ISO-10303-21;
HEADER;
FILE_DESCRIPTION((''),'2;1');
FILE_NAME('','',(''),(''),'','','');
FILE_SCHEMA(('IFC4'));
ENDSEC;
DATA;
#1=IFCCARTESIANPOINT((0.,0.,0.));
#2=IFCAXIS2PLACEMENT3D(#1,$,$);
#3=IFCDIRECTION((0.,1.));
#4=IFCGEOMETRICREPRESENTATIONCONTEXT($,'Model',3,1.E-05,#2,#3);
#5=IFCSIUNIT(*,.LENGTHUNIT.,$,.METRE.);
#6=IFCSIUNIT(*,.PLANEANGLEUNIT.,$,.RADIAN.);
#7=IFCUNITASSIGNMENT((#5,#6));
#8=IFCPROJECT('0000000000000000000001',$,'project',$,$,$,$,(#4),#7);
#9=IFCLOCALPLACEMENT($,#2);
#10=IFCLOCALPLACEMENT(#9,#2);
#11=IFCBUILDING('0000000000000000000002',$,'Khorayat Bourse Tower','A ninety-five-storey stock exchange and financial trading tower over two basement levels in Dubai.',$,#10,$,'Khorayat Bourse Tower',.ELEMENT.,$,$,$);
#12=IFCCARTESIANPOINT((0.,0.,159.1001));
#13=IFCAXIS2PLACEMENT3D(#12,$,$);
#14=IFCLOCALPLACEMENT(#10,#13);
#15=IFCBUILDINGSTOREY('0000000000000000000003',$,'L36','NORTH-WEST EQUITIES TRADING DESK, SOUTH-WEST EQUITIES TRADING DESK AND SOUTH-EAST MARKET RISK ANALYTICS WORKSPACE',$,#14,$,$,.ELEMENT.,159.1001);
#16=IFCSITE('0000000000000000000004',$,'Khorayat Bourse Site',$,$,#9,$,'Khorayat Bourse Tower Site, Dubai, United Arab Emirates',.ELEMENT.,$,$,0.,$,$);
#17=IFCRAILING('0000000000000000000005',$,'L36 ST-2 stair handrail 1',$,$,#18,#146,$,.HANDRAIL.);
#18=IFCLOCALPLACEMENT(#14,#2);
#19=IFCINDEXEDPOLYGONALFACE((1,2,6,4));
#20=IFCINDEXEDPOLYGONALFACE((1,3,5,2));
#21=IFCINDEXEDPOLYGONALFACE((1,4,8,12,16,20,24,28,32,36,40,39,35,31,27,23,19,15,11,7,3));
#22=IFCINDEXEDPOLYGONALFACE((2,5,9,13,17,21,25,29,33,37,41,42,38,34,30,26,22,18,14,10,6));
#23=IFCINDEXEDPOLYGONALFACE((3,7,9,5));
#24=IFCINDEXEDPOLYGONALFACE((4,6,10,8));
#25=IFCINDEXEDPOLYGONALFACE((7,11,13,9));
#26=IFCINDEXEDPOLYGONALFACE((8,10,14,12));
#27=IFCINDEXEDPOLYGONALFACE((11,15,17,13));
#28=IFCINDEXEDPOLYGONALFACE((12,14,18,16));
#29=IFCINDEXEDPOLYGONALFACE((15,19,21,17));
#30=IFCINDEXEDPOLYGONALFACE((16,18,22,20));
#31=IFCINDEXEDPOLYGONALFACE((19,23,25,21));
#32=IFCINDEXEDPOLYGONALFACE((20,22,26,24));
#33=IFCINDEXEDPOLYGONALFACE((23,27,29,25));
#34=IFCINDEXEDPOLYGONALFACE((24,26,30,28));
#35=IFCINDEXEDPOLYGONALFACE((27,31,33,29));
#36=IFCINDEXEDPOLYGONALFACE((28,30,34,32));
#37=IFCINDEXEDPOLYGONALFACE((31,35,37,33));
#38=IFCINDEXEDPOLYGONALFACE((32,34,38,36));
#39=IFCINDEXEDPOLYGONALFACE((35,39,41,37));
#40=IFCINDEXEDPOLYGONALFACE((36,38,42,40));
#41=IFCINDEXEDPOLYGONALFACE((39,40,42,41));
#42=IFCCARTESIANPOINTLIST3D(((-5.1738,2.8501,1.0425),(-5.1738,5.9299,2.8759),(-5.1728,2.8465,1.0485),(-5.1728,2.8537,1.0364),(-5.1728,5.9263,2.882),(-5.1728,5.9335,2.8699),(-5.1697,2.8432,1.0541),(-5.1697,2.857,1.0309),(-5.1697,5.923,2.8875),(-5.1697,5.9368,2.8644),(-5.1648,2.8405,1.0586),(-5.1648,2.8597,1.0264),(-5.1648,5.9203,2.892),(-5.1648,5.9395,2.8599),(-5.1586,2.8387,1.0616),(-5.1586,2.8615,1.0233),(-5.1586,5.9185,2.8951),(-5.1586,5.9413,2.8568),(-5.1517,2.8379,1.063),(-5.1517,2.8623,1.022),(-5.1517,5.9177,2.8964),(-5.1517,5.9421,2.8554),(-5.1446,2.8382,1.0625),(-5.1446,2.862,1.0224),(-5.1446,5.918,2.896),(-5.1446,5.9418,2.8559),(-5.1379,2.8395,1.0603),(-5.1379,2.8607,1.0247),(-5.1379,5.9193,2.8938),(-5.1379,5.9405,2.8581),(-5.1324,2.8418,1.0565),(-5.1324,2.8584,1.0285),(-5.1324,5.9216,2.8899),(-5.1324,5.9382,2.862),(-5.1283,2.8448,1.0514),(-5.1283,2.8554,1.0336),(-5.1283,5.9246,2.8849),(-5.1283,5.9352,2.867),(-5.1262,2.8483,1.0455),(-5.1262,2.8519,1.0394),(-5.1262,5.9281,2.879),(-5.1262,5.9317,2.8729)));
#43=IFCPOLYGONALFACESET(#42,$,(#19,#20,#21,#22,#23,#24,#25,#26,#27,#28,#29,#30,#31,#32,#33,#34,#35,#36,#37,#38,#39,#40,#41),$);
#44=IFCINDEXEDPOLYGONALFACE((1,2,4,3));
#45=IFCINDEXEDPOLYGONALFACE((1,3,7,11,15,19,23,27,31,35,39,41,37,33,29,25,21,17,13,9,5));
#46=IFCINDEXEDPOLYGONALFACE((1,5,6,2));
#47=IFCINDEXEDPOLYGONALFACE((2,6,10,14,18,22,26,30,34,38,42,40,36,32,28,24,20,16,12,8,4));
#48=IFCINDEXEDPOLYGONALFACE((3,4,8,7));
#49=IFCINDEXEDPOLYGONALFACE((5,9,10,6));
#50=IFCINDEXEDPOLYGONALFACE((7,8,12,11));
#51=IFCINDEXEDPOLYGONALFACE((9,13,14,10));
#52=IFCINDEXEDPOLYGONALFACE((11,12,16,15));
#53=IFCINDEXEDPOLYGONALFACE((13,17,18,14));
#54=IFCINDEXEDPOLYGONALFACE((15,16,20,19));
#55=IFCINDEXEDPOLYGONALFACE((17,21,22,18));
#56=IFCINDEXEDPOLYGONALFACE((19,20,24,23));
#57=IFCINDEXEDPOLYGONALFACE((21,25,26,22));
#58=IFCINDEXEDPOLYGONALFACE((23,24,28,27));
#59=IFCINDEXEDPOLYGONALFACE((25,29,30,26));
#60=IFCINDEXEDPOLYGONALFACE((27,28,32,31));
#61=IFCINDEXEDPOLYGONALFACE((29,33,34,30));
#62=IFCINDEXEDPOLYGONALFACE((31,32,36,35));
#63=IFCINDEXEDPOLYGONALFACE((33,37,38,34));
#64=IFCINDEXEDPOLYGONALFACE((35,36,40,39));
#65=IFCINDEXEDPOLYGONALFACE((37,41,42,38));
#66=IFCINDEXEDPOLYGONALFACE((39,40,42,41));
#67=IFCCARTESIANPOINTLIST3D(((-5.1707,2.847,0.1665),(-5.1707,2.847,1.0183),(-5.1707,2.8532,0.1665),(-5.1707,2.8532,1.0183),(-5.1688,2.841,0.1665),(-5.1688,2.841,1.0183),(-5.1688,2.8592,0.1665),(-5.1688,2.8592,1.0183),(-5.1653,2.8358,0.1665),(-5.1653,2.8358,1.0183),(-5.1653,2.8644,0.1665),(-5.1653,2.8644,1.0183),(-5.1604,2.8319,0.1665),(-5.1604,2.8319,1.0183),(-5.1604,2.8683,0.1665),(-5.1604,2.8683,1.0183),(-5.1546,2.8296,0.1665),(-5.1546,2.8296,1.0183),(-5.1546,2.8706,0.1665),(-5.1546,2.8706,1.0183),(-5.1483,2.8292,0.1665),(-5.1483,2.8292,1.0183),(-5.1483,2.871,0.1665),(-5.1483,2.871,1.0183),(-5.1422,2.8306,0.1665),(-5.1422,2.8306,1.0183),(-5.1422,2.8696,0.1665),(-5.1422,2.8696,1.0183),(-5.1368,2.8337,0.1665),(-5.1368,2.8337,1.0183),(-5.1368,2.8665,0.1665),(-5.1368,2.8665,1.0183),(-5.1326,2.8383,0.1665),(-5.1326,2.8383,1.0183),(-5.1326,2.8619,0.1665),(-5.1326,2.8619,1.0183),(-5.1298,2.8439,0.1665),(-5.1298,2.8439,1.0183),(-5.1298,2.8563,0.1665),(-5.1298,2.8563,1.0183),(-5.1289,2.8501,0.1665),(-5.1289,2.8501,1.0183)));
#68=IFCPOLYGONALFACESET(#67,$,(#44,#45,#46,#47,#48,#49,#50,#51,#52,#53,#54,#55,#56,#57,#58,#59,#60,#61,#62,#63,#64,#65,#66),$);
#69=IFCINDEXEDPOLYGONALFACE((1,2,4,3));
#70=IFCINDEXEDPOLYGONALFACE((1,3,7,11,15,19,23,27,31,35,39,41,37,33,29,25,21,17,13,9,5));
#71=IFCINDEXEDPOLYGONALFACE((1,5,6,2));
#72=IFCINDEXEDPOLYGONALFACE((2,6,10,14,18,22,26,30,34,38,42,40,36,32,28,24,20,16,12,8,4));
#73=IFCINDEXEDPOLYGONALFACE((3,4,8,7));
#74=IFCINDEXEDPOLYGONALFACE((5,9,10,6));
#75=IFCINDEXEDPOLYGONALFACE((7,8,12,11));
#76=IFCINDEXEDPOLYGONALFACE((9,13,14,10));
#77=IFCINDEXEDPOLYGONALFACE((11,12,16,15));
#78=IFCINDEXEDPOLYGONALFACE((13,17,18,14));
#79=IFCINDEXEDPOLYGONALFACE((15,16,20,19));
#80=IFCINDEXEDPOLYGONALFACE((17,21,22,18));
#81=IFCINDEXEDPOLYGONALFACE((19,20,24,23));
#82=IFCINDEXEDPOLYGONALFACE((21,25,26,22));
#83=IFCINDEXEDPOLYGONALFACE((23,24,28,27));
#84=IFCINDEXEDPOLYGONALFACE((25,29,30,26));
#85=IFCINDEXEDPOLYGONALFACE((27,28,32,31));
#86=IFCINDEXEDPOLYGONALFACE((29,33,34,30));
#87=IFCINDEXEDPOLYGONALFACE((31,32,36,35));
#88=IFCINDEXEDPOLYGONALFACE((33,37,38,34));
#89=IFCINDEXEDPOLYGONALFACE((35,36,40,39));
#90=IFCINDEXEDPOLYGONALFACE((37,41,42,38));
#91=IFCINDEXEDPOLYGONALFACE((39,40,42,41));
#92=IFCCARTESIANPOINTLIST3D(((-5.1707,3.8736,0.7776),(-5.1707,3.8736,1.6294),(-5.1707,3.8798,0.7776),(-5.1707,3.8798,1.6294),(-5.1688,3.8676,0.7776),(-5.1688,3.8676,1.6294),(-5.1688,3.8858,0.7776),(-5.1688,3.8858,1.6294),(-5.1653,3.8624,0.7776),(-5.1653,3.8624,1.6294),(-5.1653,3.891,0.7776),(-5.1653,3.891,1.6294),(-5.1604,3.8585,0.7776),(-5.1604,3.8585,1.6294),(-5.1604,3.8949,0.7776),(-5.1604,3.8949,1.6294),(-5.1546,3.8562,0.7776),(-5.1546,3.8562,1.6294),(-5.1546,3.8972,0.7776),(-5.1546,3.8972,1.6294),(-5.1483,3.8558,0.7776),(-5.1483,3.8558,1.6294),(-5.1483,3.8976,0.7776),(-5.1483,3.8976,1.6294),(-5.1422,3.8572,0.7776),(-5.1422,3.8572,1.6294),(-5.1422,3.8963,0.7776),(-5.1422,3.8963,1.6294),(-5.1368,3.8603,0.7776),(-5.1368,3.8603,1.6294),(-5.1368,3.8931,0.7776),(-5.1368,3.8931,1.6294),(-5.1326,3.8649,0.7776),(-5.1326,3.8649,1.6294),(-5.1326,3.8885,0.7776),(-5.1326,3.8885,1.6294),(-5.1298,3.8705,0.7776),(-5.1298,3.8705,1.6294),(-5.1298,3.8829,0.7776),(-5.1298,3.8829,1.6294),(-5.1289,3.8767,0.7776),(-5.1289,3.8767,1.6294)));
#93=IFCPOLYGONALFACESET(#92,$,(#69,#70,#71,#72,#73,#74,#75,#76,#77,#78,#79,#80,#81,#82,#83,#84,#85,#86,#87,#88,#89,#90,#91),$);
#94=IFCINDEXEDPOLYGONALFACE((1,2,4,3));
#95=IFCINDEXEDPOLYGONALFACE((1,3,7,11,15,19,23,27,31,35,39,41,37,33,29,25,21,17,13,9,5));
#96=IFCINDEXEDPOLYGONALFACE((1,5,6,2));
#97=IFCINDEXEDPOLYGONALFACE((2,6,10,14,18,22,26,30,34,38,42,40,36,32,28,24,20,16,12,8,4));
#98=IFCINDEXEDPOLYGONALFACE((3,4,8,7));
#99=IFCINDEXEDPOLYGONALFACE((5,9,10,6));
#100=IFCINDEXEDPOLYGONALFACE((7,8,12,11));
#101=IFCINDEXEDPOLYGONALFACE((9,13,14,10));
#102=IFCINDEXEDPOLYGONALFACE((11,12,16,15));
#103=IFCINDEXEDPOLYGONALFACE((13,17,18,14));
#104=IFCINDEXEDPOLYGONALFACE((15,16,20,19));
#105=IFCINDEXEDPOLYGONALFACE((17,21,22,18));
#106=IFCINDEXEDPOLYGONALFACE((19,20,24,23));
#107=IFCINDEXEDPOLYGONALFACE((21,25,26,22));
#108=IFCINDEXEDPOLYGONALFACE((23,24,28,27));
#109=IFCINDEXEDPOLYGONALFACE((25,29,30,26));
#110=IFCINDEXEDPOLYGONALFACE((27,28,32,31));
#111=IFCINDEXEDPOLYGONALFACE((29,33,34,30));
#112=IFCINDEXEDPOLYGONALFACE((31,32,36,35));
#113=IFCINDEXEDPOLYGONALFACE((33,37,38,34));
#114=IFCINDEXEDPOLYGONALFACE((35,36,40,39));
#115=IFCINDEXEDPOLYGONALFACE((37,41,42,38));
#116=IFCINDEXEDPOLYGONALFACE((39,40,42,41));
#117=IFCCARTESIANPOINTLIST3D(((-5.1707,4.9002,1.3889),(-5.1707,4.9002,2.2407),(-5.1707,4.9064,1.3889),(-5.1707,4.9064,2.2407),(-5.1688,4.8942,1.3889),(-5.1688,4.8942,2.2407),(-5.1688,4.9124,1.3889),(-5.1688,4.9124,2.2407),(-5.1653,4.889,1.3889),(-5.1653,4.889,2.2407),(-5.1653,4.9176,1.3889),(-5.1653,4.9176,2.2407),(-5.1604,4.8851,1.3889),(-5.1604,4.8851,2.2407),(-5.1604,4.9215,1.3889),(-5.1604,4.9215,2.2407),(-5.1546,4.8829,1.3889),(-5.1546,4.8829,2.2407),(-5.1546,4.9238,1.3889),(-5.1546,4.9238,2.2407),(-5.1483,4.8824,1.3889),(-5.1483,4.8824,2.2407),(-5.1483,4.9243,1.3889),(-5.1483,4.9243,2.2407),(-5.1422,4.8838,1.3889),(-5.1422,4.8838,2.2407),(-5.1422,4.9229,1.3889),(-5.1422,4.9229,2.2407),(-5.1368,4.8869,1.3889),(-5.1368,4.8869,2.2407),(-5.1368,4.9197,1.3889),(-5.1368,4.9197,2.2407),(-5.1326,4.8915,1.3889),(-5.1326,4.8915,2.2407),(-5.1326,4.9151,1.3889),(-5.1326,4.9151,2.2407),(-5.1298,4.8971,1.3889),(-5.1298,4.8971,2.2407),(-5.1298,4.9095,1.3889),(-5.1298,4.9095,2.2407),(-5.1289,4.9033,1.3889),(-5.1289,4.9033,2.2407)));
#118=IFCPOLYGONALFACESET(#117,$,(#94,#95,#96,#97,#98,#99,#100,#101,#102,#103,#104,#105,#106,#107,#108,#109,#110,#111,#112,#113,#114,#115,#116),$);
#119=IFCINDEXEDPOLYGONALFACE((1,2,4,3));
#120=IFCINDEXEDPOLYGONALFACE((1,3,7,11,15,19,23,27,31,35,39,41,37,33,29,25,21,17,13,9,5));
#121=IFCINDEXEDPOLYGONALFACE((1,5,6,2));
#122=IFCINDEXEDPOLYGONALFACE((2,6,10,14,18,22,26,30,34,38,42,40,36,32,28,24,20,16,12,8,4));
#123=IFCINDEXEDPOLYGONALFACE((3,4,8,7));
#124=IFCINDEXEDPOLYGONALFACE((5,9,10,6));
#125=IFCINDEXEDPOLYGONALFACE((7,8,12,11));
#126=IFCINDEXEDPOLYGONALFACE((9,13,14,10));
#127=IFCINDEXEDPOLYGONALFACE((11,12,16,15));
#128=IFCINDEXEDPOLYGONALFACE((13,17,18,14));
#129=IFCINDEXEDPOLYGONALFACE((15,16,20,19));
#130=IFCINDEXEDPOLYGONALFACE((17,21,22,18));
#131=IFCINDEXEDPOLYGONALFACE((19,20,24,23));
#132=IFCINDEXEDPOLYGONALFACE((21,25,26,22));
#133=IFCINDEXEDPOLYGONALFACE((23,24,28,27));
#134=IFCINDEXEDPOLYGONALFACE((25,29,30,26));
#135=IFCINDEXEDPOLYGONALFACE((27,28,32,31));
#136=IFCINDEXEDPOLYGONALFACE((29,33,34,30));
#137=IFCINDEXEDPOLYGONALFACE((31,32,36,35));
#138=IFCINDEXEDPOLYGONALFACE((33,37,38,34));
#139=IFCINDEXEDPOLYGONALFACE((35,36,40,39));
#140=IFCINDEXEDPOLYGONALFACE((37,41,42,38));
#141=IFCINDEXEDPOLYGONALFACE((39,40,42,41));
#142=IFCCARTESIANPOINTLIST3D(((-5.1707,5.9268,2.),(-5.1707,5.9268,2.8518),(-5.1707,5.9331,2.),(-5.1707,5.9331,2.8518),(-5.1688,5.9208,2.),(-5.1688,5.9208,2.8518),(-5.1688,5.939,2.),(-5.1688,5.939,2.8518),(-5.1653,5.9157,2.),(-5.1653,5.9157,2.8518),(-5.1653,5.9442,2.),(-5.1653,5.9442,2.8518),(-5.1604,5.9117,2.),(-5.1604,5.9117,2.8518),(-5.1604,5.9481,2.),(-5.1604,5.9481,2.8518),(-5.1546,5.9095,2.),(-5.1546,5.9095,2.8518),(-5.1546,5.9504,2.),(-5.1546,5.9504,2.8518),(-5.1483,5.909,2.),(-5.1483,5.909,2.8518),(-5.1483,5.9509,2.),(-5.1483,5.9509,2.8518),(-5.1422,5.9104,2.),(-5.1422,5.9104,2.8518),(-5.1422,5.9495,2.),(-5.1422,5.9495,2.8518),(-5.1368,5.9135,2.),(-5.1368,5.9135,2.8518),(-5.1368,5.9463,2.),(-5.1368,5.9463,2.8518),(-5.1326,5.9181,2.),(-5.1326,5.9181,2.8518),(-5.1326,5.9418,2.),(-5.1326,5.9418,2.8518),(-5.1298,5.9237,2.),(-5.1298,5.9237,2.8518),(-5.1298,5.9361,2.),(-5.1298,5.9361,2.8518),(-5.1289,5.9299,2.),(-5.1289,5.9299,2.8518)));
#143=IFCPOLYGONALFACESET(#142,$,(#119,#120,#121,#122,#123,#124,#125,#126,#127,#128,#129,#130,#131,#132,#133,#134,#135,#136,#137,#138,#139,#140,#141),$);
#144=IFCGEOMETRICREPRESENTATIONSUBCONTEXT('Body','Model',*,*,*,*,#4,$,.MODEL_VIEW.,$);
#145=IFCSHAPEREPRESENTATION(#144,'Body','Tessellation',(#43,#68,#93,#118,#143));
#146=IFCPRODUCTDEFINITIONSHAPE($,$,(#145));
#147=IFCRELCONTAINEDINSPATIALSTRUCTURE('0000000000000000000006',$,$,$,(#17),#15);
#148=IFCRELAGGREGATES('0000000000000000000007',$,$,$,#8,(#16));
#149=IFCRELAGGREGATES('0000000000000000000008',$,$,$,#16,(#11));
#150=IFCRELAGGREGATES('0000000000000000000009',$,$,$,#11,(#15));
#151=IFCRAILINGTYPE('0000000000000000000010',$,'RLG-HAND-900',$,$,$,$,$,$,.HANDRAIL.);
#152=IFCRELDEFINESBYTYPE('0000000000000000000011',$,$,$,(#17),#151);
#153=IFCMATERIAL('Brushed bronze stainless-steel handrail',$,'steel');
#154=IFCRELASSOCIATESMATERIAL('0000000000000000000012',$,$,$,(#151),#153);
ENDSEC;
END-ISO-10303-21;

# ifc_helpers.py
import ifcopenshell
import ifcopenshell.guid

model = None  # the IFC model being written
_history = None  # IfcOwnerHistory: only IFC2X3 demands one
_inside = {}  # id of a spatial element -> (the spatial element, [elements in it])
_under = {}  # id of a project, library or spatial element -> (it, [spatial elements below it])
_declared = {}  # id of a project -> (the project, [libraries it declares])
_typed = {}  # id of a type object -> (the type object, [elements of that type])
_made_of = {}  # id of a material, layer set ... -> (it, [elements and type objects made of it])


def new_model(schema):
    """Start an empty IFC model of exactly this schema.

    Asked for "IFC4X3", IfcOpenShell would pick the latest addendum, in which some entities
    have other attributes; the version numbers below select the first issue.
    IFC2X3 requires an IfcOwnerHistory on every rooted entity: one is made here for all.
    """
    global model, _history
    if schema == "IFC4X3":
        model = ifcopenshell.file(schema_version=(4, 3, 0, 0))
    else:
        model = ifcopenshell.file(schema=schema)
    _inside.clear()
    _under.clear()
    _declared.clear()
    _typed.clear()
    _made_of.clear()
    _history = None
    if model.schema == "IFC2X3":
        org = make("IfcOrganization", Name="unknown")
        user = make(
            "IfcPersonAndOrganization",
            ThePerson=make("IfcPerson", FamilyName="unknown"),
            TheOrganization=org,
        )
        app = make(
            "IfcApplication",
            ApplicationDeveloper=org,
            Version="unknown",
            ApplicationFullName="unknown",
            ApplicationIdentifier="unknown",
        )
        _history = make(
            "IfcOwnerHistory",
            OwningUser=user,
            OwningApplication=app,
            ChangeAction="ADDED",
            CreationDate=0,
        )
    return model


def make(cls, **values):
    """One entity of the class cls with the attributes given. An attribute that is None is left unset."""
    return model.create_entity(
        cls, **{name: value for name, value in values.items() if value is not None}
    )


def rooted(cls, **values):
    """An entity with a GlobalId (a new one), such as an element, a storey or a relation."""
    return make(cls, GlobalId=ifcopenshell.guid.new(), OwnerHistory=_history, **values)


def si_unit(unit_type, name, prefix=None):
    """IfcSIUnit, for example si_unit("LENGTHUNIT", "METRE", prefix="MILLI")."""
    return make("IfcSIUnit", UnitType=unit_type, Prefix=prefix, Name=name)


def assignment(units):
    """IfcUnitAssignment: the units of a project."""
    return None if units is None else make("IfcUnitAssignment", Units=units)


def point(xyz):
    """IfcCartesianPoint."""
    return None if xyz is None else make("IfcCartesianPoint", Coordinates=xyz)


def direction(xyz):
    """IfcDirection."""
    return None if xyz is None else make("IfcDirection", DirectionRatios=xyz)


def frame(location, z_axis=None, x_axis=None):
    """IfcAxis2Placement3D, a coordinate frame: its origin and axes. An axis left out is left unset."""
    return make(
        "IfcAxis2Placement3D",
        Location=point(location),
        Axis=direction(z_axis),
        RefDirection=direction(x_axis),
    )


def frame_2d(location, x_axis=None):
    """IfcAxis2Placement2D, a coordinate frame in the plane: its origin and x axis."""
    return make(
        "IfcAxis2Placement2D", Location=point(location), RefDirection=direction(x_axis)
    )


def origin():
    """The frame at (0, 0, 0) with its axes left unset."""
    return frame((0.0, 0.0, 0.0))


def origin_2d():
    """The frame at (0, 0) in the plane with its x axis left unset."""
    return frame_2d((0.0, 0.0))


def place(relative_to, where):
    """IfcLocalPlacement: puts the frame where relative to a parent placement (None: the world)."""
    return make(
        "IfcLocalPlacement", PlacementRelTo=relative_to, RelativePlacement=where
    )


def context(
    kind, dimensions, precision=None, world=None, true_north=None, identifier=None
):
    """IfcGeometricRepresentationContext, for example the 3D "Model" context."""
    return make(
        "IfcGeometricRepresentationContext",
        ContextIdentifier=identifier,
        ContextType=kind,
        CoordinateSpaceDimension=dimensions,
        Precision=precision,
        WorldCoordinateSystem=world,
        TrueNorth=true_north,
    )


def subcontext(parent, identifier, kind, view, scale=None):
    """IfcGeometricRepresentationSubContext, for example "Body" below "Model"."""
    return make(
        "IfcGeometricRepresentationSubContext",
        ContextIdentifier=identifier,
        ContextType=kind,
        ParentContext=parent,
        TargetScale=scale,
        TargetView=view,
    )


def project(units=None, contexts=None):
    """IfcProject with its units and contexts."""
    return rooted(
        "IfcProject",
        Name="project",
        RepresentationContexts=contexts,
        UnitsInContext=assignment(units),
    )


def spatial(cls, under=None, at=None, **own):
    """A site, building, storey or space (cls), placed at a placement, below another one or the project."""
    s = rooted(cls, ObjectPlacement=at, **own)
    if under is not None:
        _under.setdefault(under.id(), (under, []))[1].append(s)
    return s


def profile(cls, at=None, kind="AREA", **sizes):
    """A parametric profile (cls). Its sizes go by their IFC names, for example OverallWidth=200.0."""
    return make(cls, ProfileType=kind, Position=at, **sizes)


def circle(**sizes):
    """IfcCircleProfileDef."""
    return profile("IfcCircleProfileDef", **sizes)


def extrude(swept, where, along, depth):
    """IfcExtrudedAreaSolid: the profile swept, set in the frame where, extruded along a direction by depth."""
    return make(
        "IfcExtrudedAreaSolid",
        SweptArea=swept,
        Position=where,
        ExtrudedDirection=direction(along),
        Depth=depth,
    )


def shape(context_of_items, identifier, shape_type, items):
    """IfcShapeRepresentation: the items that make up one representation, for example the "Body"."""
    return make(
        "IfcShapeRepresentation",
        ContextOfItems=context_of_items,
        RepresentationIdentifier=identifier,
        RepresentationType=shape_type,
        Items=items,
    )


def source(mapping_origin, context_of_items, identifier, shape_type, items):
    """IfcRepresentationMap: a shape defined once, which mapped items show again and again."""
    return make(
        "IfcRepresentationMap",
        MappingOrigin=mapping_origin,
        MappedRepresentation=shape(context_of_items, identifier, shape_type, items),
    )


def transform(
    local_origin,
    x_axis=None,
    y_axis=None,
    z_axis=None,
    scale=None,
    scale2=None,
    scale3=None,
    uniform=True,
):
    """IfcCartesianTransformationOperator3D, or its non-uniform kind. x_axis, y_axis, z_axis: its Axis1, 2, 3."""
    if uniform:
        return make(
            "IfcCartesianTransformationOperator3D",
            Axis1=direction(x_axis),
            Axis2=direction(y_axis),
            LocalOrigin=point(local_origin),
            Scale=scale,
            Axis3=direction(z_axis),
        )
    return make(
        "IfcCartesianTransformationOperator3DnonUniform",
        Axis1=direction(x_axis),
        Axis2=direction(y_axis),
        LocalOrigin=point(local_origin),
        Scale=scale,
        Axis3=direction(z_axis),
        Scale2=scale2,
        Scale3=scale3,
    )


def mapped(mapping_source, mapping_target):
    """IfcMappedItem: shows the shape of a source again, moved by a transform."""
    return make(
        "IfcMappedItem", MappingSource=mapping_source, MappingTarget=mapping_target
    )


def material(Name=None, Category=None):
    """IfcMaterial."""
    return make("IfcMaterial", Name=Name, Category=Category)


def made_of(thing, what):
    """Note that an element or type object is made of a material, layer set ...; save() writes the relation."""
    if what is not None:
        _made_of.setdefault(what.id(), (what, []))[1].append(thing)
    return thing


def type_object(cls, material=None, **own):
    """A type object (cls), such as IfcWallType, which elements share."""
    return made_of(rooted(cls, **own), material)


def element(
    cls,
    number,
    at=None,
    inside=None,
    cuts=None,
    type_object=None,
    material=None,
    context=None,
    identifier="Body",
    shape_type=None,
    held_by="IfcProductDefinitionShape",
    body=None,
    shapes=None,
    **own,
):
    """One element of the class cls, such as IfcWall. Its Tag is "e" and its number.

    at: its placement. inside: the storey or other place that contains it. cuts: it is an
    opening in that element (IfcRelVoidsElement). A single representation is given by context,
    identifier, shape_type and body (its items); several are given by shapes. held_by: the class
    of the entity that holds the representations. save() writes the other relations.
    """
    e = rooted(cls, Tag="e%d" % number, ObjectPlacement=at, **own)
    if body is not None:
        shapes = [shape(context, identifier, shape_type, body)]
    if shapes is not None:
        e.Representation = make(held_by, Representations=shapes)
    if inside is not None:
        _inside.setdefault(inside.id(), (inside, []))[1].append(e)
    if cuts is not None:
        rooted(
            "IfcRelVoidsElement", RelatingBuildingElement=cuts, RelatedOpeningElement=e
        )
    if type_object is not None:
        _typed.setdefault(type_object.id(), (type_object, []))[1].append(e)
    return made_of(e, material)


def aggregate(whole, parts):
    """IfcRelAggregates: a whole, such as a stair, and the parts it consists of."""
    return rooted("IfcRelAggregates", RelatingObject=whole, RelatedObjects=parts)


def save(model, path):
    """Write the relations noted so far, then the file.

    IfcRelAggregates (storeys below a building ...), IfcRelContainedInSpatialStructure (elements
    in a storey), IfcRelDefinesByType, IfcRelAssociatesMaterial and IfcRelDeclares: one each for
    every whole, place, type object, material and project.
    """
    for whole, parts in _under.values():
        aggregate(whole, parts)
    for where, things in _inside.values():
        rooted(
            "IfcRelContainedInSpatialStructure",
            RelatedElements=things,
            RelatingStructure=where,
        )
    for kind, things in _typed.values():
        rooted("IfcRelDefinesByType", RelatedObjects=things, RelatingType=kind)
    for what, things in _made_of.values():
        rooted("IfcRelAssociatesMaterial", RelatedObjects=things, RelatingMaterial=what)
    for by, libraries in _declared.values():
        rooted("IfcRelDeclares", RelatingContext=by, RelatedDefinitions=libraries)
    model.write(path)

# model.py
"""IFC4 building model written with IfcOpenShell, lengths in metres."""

from ifc_helpers import new_model, si_unit, direction, frame, origin, origin_2d, place, context, subcontext, project, spatial, circle, extrude, source, transform, mapped, material, type_object, element, save


model = new_model("IFC4")

# Units and contexts
model_context = context("Model", 3, precision=1e-05, world=origin(), true_north=direction((0.0, 1.0)))
body_context = subcontext(model_context, "Body", "Model", "MODEL_VIEW")
ifc_project = project(units=[si_unit("LENGTHUNIT", "METRE"), si_unit("PLANEANGLEUNIT", "RADIAN")], contexts=[model_context])

# Site, building, storey
site_placement = place(None, origin())
site = spatial("IfcSite", under=ifc_project, at=site_placement, Name="Khorayat Bourse Site", LongName="Khorayat Bourse Tower Site, Dubai, United Arab Emirates", CompositionType="ELEMENT", RefElevation=0.0)
building_placement = place(site_placement, origin())
building = spatial("IfcBuilding", under=site, at=building_placement, Name="Khorayat Bourse Tower", Description="A ninety-five-storey stock exchange and financial trading tower over two basement levels in Dubai.", LongName="Khorayat Bourse Tower", CompositionType="ELEMENT")
storey_placement = place(building_placement, frame((0.0, 0.0, 159.1001)))
storey = spatial("IfcBuildingStorey", under=building, at=storey_placement, Name="L36", Description="NORTH-WEST EQUITIES TRADING DESK, SOUTH-WEST EQUITIES TRADING DESK AND SOUTH-EAST MARKET RISK ANALYTICS WORKSPACE", CompositionType="ELEMENT", Elevation=159.1001)

# Railing
ifc_material_1 = material(Name="Brushed bronze stainless-steel handrail", Category="steel")
railing_type_1 = type_object("IfcRailingType", Name="RLG-HAND-900", PredefinedType="HANDRAIL", material=ifc_material_1)
shared_shape_1 = source(origin(), body_context, "Body", "SweptSolid", [
    extrude(circle(Radius=0.0239, at=origin_2d()), frame((0.0, 0.0, 0.876), z_axis=(0.0, 0.859261, 0.511538), x_axis=(-1.0, 0.0, 0.0)), (0.0, 0.0, 1.0), 3.5842),
    extrude(circle(Radius=0.021, at=origin_2d()), origin(), (0.0, 0.0, 1.0), 0.8518),
    extrude(circle(Radius=0.021, at=origin_2d()), frame((0.0, 1.0266, 0.6111)), (0.0, 0.0, 1.0), 0.8518),
    extrude(circle(Radius=0.021, at=origin_2d()), frame((0.0, 2.0532, 1.2224)), (0.0, 0.0, 1.0), 0.8518),
    extrude(circle(Radius=0.021, at=origin_2d()), frame((0.0, 3.0798, 1.8335)), (0.0, 0.0, 1.0), 0.8518),
])
railing_1_placement = place(storey_placement, frame((-5.1499, 2.8501, 0.1665)))
element("IfcRailing", 1, at=railing_1_placement, inside=storey, type_object=railing_type_1, Name="L36 ST-2 stair handrail 1", PredefinedType="HANDRAIL", context=body_context, shape_type="MappedRepresentation", body=[
    mapped(shared_shape_1, transform((0.0, 0.0, 0.0), scale=1.0)),
])

save(model, "model.ifc")
